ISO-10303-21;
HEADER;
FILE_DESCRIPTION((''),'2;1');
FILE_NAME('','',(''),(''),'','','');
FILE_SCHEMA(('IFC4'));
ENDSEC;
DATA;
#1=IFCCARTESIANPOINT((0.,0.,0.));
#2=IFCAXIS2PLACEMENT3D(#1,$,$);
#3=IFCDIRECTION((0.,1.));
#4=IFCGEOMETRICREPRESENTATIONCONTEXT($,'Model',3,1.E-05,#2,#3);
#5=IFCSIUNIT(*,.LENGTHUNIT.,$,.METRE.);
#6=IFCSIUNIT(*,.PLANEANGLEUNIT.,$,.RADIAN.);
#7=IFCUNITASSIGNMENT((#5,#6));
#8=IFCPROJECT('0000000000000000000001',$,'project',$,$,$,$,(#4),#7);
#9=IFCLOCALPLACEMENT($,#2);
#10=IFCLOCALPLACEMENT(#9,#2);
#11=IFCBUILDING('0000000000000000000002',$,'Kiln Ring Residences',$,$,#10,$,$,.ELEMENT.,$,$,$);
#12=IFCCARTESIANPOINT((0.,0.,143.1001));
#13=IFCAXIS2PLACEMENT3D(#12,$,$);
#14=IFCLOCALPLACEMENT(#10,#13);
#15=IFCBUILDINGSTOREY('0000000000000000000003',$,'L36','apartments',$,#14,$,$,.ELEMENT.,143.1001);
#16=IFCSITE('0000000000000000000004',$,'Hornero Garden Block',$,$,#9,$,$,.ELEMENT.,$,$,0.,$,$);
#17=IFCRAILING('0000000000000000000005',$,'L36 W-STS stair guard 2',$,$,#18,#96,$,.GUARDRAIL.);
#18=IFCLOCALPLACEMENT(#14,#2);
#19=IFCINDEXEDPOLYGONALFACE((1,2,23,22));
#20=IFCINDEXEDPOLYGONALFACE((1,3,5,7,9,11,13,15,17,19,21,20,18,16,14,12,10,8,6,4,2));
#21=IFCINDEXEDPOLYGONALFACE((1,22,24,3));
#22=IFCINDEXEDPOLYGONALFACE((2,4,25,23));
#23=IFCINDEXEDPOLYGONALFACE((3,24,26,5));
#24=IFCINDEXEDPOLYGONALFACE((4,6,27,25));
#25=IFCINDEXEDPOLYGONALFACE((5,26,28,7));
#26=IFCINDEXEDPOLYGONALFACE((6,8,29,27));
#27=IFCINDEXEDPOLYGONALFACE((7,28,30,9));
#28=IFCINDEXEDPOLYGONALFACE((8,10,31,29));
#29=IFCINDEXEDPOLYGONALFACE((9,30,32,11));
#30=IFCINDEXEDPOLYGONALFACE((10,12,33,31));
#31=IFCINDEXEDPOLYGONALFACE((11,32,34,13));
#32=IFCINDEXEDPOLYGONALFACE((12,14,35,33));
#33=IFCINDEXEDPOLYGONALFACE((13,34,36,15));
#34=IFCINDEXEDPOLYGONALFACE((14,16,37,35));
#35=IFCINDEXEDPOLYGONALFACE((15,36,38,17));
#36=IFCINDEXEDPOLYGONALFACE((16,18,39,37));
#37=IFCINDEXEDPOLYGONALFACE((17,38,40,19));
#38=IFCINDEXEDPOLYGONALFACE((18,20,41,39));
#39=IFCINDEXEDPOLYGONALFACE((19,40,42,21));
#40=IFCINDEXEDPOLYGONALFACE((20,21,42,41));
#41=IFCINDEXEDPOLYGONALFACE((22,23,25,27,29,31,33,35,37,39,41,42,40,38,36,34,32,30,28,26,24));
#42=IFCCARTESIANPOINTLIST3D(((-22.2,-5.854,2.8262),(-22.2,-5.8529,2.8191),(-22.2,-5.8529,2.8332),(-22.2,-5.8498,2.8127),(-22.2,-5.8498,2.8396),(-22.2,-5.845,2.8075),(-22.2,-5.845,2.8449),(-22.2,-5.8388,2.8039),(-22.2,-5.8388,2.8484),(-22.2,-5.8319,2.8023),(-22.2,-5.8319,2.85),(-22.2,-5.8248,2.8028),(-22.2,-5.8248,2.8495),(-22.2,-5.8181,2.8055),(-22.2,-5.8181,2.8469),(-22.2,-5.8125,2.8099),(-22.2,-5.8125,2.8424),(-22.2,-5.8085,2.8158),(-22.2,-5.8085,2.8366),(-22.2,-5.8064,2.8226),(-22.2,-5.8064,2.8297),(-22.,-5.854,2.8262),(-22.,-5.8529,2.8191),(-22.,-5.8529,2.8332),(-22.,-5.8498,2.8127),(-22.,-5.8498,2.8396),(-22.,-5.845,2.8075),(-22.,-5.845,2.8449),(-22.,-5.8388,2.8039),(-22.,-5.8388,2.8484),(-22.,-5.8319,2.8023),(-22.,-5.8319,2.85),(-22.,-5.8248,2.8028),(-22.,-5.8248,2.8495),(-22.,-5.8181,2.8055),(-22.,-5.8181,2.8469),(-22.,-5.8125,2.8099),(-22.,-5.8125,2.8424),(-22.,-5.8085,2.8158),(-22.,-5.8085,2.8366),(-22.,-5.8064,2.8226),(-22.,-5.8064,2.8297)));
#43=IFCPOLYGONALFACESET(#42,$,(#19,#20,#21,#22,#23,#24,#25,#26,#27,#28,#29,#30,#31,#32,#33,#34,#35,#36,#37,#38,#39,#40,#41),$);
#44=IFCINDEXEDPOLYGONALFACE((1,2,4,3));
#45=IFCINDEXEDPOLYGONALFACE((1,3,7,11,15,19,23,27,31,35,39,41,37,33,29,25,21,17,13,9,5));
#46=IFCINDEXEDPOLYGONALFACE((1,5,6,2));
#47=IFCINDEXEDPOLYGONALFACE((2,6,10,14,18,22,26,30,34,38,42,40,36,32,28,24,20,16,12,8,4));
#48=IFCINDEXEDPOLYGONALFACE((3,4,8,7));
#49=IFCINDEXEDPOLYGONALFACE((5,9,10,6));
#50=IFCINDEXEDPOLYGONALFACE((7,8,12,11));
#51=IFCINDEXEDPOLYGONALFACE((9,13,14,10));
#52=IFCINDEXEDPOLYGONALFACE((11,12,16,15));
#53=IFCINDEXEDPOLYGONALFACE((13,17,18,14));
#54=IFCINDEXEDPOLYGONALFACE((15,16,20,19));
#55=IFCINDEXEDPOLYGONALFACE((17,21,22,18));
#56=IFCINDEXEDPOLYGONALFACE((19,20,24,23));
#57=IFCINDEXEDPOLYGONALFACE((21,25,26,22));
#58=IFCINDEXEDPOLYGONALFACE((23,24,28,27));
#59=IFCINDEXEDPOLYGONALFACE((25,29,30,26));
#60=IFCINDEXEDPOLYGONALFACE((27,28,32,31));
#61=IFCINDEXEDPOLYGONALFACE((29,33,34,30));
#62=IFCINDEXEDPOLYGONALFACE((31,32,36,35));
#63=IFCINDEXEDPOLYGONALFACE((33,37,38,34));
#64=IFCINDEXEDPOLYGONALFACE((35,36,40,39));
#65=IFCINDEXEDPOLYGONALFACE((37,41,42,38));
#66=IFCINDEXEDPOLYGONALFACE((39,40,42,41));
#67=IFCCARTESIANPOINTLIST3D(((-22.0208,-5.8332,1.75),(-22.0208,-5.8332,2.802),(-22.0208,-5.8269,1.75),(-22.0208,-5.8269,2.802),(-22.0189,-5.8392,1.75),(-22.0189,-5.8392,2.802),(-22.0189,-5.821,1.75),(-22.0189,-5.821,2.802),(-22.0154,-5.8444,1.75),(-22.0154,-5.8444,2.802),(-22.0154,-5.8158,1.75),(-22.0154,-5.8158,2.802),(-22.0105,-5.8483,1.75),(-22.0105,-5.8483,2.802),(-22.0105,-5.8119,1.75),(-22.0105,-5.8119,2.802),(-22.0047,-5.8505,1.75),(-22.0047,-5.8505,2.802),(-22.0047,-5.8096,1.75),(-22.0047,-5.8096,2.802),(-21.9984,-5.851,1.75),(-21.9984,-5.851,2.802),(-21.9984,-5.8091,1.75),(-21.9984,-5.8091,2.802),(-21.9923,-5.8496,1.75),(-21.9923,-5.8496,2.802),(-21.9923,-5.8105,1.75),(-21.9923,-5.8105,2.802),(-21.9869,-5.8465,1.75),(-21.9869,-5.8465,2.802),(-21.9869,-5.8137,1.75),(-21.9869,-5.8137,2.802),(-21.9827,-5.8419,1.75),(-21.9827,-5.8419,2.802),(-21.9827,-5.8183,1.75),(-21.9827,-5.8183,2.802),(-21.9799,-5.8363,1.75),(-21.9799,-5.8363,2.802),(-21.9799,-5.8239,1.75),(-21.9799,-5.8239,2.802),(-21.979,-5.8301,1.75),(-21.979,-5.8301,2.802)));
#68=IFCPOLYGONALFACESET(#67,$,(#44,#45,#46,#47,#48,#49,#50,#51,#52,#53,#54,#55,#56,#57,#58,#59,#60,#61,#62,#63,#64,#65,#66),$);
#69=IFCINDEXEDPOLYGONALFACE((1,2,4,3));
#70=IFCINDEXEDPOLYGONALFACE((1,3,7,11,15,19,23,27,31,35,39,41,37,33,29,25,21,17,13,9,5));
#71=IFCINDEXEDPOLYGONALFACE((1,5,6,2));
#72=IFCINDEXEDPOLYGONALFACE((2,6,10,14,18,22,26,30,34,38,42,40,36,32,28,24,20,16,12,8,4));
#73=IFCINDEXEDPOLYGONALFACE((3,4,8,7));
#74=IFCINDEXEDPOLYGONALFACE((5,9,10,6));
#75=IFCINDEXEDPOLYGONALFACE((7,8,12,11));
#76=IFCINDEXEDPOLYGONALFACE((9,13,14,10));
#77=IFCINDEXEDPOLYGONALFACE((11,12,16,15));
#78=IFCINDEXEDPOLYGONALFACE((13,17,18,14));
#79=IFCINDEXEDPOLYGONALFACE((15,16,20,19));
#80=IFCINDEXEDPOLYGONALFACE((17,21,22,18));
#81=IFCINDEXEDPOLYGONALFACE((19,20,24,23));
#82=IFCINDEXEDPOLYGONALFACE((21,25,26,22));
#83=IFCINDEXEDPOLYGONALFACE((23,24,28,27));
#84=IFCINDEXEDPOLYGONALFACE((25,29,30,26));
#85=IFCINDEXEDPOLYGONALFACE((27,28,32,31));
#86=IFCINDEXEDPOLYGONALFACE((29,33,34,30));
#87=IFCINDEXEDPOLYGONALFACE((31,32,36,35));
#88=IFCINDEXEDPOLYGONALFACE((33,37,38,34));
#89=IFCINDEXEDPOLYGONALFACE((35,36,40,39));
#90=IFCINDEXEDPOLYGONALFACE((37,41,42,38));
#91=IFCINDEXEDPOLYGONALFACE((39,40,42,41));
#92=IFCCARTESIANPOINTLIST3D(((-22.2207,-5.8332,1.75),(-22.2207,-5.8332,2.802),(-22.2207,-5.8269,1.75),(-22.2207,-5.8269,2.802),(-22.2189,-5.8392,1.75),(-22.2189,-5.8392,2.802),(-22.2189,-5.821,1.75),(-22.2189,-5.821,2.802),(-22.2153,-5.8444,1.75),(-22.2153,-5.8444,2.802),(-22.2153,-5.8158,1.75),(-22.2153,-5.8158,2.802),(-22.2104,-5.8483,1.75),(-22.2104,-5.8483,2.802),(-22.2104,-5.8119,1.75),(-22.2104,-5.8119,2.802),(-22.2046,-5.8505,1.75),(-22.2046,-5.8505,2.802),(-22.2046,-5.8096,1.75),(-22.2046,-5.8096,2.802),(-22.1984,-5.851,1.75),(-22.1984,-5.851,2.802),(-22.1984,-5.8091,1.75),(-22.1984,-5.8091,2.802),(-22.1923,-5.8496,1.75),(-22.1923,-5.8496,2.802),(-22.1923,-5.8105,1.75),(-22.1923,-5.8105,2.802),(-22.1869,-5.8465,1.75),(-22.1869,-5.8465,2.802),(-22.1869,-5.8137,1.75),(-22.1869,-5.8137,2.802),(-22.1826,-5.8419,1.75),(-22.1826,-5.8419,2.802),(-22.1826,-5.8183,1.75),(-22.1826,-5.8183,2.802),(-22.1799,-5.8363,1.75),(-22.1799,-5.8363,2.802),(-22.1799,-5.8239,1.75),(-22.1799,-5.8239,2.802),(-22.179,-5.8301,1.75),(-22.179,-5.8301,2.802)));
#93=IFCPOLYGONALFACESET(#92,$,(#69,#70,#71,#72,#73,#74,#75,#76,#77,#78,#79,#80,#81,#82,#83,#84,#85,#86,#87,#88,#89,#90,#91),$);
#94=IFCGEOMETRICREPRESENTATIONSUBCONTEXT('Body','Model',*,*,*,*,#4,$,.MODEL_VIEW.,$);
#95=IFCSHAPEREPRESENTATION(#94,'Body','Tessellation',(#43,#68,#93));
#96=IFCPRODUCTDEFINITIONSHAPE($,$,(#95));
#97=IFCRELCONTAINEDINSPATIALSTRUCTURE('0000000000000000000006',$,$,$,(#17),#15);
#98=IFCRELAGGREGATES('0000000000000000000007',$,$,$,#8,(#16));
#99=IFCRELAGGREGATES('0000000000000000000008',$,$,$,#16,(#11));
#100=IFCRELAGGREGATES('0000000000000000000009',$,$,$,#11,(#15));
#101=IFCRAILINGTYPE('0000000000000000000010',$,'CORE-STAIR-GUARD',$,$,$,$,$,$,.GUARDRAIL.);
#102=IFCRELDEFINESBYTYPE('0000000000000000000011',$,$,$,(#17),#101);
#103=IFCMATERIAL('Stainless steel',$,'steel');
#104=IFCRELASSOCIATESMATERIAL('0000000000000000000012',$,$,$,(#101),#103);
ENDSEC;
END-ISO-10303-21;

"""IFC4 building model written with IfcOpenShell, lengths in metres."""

from ifc_helpers import new_model, si_unit, direction, frame, origin, origin_2d, place, context, subcontext, project, spatial, circle, extrude, material, type_object, element, save


model = new_model("IFC4")

# Units and contexts
model_context = context("Model", 3, precision=1e-05, world=origin(), true_north=direction((0.0, 1.0)))
body_context = subcontext(model_context, "Body", "Model", "MODEL_VIEW")
ifc_project = project(units=[si_unit("LENGTHUNIT", "METRE"), si_unit("PLANEANGLEUNIT", "RADIAN")], contexts=[model_context])

# Site, building, storey
site_placement = place(None, origin())
site = spatial("IfcSite", under=ifc_project, at=site_placement, Name="Hornero Garden Block", CompositionType="ELEMENT", RefElevation=0.0)
building_placement = place(site_placement, origin())
building = spatial("IfcBuilding", under=site, at=building_placement, Name="Kiln Ring Residences", CompositionType="ELEMENT")
storey_placement = place(building_placement, frame((0.0, 0.0, 143.1001)))
storey = spatial("IfcBuildingStorey", under=building, at=storey_placement, Name="L36", Description="apartments", CompositionType="ELEMENT", Elevation=143.1001)

# Railing
ifc_material_1 = material(Name="Stainless steel", Category="steel")
railing_type_1 = type_object("IfcRailingType", Name="CORE-STAIR-GUARD", PredefinedType="GUARDRAIL", material=ifc_material_1)
railing_1_placement = place(storey_placement, frame((-22.0, -5.8301, 1.75)))
element("IfcRailing", 1, at=railing_1_placement, inside=storey, type_object=railing_type_1, Name="L36 W-STS stair guard 2", PredefinedType="GUARDRAIL", context=body_context, shape_type="SweptSolid", body=[
    extrude(circle(Radius=0.0239, at=origin_2d()), frame((0.0, 0.0, 1.0762), z_axis=(-1.0, 0.0, 0.0), x_axis=(0.0, -1.0, 0.0)), (0.0, 0.0, 1.0), 0.2),
    extrude(circle(Radius=0.021, at=origin_2d()), origin(), (0.0, 0.0, 1.0), 1.052),
    extrude(circle(Radius=0.021, at=origin_2d()), frame((-0.2, 0.0, 0.0)), (0.0, 0.0, 1.0), 1.052),
])

save(model, "model.ifc")
